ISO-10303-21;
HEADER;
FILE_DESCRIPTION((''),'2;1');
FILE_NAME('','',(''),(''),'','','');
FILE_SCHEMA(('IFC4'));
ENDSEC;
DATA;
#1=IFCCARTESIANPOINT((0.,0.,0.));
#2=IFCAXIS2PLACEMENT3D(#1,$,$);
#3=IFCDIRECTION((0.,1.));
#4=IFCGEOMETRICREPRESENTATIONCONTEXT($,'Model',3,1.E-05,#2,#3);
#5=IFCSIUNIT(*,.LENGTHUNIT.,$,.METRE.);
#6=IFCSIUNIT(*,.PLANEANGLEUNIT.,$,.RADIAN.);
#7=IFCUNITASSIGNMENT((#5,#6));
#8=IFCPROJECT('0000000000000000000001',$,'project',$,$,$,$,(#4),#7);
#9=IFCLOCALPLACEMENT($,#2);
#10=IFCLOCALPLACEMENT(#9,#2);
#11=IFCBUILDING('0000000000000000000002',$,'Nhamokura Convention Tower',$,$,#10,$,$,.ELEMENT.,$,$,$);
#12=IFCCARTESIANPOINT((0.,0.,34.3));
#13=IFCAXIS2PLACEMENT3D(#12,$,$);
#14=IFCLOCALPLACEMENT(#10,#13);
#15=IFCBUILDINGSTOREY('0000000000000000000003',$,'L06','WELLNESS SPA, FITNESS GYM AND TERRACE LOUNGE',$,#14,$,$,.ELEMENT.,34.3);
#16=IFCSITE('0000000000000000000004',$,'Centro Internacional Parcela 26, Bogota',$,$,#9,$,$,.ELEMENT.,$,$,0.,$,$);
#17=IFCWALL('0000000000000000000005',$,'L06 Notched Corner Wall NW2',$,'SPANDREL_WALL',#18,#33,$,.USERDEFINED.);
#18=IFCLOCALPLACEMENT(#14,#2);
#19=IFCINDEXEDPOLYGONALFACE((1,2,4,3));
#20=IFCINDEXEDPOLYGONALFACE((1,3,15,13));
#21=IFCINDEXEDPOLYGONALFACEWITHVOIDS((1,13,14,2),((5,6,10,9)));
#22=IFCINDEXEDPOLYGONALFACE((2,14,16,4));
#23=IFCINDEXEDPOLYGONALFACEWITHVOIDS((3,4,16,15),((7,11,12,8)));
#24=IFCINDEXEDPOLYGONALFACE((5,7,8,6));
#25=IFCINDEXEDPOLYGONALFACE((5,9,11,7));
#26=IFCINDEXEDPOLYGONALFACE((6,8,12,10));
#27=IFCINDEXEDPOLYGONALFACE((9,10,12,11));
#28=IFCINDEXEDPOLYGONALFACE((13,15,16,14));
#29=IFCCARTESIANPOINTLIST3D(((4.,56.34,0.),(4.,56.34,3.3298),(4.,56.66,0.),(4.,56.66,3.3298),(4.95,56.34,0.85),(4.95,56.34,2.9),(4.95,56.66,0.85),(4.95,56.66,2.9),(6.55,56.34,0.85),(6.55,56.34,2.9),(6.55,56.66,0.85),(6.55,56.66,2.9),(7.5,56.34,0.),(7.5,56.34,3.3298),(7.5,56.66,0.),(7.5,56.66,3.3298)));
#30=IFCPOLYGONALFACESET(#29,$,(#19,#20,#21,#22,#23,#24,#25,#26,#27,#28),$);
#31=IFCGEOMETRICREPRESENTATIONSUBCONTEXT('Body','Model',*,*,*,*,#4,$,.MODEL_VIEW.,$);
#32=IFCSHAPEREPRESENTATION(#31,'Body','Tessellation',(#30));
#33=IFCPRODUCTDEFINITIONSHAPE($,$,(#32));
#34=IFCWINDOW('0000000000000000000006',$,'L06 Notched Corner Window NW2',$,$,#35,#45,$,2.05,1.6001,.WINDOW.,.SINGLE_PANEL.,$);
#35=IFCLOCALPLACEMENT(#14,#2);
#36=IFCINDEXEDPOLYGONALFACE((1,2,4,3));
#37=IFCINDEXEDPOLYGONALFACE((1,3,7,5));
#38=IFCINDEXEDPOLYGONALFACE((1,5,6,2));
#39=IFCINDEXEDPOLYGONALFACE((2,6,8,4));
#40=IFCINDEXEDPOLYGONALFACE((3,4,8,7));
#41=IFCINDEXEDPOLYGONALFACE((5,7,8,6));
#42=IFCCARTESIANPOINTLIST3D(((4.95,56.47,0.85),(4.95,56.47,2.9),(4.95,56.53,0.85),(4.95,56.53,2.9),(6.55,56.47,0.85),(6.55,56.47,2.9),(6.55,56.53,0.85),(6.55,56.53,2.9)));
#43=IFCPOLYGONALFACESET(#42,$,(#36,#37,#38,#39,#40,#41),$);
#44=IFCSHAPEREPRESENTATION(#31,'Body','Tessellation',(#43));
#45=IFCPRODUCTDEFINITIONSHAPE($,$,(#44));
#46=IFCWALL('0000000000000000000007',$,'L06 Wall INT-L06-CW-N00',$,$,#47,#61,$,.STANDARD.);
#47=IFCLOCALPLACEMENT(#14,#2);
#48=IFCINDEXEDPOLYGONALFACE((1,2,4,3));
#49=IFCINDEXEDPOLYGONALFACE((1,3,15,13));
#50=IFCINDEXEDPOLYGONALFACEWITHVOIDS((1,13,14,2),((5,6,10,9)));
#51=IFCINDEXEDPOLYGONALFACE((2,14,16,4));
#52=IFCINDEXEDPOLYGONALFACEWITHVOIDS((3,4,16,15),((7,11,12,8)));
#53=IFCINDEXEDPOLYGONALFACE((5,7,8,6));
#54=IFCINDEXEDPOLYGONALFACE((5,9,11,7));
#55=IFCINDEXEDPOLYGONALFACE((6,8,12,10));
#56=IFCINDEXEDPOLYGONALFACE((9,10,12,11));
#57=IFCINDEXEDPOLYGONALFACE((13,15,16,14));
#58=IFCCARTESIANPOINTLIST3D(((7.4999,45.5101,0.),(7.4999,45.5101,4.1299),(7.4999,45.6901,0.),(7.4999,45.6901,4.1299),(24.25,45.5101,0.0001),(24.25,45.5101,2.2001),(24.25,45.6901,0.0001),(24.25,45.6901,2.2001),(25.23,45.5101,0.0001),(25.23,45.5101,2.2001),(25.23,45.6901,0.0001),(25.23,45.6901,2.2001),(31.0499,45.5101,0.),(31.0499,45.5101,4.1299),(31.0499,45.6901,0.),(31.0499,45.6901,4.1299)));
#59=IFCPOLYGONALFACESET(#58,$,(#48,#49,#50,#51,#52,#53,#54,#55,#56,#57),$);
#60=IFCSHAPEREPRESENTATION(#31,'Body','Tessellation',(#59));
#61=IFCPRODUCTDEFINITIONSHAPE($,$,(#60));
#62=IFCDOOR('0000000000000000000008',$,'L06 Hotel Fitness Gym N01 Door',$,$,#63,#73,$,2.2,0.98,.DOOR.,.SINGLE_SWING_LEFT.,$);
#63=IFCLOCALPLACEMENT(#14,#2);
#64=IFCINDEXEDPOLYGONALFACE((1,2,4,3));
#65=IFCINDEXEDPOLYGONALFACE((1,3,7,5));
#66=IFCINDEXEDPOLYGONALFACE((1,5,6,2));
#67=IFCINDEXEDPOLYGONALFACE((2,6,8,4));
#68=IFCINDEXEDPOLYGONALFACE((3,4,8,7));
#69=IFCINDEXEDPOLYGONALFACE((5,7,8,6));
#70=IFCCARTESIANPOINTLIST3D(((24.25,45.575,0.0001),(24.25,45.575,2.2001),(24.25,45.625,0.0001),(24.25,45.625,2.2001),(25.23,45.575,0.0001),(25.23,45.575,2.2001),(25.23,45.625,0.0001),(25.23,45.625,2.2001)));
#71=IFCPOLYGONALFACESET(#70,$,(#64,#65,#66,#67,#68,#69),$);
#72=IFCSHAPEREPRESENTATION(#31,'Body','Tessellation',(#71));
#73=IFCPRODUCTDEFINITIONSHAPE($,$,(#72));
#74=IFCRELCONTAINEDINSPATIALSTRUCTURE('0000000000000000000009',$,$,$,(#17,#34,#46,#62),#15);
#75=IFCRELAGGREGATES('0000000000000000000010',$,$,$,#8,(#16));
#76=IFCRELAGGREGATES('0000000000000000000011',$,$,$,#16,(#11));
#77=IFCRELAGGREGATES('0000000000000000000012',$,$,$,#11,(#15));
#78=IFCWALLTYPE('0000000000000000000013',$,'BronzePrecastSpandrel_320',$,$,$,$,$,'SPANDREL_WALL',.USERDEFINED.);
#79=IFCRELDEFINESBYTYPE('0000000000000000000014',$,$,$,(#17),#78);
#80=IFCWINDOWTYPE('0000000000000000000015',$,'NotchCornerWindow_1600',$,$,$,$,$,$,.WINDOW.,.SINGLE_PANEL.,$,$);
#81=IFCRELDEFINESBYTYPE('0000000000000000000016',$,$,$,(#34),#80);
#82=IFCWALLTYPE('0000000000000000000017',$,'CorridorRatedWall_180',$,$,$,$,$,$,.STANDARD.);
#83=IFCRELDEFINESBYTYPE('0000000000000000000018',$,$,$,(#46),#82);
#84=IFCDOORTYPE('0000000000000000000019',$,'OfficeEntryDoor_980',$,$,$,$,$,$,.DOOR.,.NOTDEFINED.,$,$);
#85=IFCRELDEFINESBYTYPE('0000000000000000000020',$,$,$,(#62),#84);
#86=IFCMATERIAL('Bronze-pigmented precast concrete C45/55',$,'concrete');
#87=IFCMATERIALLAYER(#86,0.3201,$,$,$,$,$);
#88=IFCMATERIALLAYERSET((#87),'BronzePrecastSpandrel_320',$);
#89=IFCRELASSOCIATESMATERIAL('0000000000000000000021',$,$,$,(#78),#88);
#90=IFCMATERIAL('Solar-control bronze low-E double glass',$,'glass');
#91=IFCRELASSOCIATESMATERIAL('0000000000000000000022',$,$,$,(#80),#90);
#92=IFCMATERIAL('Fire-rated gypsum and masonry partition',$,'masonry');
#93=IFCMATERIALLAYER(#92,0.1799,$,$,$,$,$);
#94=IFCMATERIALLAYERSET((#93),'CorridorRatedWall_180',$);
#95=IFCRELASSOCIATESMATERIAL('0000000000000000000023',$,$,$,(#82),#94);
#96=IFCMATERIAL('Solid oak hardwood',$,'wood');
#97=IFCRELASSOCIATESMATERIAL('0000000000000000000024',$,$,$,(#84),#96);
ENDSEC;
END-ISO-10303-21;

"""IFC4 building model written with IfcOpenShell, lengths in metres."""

from ifc_helpers import new_model, si_unit, direction, frame, frame_2d, origin, place, context, subcontext, project, spatial, rectangle, extrude, material, layer, layer_set, type_object, element, fill, save


model = new_model("IFC4")

# Units and contexts
model_context = context("Model", 3, precision=1e-05, world=origin(), true_north=direction((0.0, 1.0)))
body_context = subcontext(model_context, "Body", "Model", "MODEL_VIEW")
ifc_project = project(units=[si_unit("LENGTHUNIT", "METRE"), si_unit("PLANEANGLEUNIT", "RADIAN")], contexts=[model_context])

# Site, building, storey
site_placement = place(None, origin())
site = spatial("IfcSite", under=ifc_project, at=site_placement, Name="Centro Internacional Parcela 26, Bogota", CompositionType="ELEMENT", RefElevation=0.0)
building_placement = place(site_placement, origin())
building = spatial("IfcBuilding", under=site, at=building_placement, Name="Nhamokura Convention Tower", CompositionType="ELEMENT")
storey_placement = place(building_placement, frame((0.0, 0.0, 34.3)))
storey = spatial("IfcBuildingStorey", under=building, at=storey_placement, Name="L06", Description="WELLNESS SPA, FITNESS GYM AND TERRACE LOUNGE", CompositionType="ELEMENT", Elevation=34.3)

# Shared definitions
ifc_material_1 = material(Name="Bronze-pigmented precast concrete C45/55", Category="concrete")
ifc_layer_1 = layer(ifc_material_1, 0.3201)
ifc_layer_set_1 = layer_set([ifc_layer_1], Name="BronzePrecastSpandrel_320")
wall_type_1 = type_object("IfcWallType", Name="BronzePrecastSpandrel_320", ElementType="SPANDREL_WALL", PredefinedType="USERDEFINED", material=ifc_layer_set_1)

# Wall, opening, window
ifc_material_2 = material(Name="Solar-control bronze low-E double glass", Category="glass")
window_type = type_object("IfcWindowType", Name="NotchCornerWindow_1600", PartitioningType="SINGLE_PANEL", PredefinedType="WINDOW", material=ifc_material_2)
wall_1_placement = place(storey_placement, frame((4.0, 56.5, 0.0), z_axis=(0.0, 0.0, 1.0), x_axis=(1.0, 0.0, 0.0)))
wall_1 = element("IfcWall", 1, at=wall_1_placement, inside=storey, type_object=wall_type_1, Name="L06 Notched Corner Wall NW2", ObjectType="SPANDREL_WALL", PredefinedType="USERDEFINED", context=body_context, shape_type="SweptSolid", body=[
    extrude(rectangle(XDim=3.5, YDim=0.3201, at=frame_2d((1.75, 0.0))), origin(), (0.0, 0.0, 1.0), 3.3298),
])
opening_1_placement = place(wall_1_placement, frame((0.95, 0.0, 0.8501)))
opening_1 = element("IfcOpeningElement", 2, at=opening_1_placement, cuts=wall_1, PredefinedType="OPENING", context=body_context, shape_type="SweptSolid", body=[
    extrude(rectangle(XDim=1.6001, YDim=2.05, at=frame_2d((0.8, 1.0249))), frame((0.0, 0.1699, 0.0), z_axis=(0.0, -1.0, 0.0), x_axis=(1.0, 0.0, 0.0)), (0.0, 0.0, 1.0), 0.3401),
])
window_1_placement = place(opening_1_placement, origin())
window_1 = element("IfcWindow", 3, at=window_1_placement, inside=storey, type_object=window_type, Name="L06 Notched Corner Window NW2", OverallHeight=2.05, OverallWidth=1.6001, PartitioningType="SINGLE_PANEL", PredefinedType="WINDOW", context=body_context, shape_type="SweptSolid", body=[
    extrude(rectangle(XDim=1.6001, YDim=2.05, at=frame_2d((0.8, 1.0249))), frame((0.0, 0.03, 0.0), z_axis=(0.0, -1.0, 0.0), x_axis=(1.0, 0.0, 0.0)), (0.0, 0.0, 1.0), 0.0601),
])
fill(opening_1, window_1)

# Wall, opening, door
ifc_material_3 = material(Name="Fire-rated gypsum and masonry partition", Category="masonry")
ifc_layer_2 = layer(ifc_material_3, 0.1799)
ifc_layer_set_2 = layer_set([ifc_layer_2], Name="CorridorRatedWall_180")
wall_type_2 = type_object("IfcWallType", Name="CorridorRatedWall_180", PredefinedType="STANDARD", material=ifc_layer_set_2)
wall_2_placement = place(storey_placement, frame((7.5, 45.6001, 0.0), z_axis=(0.0, 0.0, 1.0), x_axis=(1.0, 0.0, 0.0)))
wall_2 = element("IfcWall", 4, at=wall_2_placement, inside=storey, type_object=wall_type_2, Name="L06 Wall INT-L06-CW-N00", PredefinedType="STANDARD", context=body_context, shape_type="SweptSolid", body=[
    extrude(rectangle(XDim=23.55, YDim=0.1799, at=frame_2d((11.7749, 0.0))), origin(), (0.0, 0.0, 1.0), 4.1299),
])
opening_2_placement = place(wall_2_placement, frame((16.75, 0.0, 0.0)))
opening_2 = element("IfcOpeningElement", 5, at=opening_2_placement, cuts=wall_2, PredefinedType="OPENING", context=body_context, shape_type="SweptSolid", body=[
    extrude(rectangle(XDim=0.98, YDim=2.2, at=frame_2d((0.49, 1.1001))), frame((0.0, 0.0999, 0.0), z_axis=(0.0, -1.0, 0.0), x_axis=(1.0, 0.0, 0.0)), (0.0, 0.0, 1.0), 0.2),
])
ifc_material_4 = material(Name="Solid oak hardwood", Category="wood")
door_type = type_object("IfcDoorType", Name="OfficeEntryDoor_980", OperationType="NOTDEFINED", PredefinedType="DOOR", material=ifc_material_4)
door_placement = place(opening_2_placement, origin())
door = element("IfcDoor", 6, at=door_placement, inside=storey, type_object=door_type, Name="L06 Hotel Fitness Gym N01 Door", OperationType="SINGLE_SWING_LEFT", OverallHeight=2.2, OverallWidth=0.98, PredefinedType="DOOR", context=body_context, shape_type="SweptSolid", body=[
    extrude(rectangle(XDim=0.98, YDim=2.2, at=frame_2d((0.49, 1.1001))), frame((0.0, 0.0249, 0.0), z_axis=(0.0, -1.0, 0.0), x_axis=(1.0, 0.0, 0.0)), (0.0, 0.0, 1.0), 0.05),
])
fill(opening_2, door)

save(model, "model.ifc")
